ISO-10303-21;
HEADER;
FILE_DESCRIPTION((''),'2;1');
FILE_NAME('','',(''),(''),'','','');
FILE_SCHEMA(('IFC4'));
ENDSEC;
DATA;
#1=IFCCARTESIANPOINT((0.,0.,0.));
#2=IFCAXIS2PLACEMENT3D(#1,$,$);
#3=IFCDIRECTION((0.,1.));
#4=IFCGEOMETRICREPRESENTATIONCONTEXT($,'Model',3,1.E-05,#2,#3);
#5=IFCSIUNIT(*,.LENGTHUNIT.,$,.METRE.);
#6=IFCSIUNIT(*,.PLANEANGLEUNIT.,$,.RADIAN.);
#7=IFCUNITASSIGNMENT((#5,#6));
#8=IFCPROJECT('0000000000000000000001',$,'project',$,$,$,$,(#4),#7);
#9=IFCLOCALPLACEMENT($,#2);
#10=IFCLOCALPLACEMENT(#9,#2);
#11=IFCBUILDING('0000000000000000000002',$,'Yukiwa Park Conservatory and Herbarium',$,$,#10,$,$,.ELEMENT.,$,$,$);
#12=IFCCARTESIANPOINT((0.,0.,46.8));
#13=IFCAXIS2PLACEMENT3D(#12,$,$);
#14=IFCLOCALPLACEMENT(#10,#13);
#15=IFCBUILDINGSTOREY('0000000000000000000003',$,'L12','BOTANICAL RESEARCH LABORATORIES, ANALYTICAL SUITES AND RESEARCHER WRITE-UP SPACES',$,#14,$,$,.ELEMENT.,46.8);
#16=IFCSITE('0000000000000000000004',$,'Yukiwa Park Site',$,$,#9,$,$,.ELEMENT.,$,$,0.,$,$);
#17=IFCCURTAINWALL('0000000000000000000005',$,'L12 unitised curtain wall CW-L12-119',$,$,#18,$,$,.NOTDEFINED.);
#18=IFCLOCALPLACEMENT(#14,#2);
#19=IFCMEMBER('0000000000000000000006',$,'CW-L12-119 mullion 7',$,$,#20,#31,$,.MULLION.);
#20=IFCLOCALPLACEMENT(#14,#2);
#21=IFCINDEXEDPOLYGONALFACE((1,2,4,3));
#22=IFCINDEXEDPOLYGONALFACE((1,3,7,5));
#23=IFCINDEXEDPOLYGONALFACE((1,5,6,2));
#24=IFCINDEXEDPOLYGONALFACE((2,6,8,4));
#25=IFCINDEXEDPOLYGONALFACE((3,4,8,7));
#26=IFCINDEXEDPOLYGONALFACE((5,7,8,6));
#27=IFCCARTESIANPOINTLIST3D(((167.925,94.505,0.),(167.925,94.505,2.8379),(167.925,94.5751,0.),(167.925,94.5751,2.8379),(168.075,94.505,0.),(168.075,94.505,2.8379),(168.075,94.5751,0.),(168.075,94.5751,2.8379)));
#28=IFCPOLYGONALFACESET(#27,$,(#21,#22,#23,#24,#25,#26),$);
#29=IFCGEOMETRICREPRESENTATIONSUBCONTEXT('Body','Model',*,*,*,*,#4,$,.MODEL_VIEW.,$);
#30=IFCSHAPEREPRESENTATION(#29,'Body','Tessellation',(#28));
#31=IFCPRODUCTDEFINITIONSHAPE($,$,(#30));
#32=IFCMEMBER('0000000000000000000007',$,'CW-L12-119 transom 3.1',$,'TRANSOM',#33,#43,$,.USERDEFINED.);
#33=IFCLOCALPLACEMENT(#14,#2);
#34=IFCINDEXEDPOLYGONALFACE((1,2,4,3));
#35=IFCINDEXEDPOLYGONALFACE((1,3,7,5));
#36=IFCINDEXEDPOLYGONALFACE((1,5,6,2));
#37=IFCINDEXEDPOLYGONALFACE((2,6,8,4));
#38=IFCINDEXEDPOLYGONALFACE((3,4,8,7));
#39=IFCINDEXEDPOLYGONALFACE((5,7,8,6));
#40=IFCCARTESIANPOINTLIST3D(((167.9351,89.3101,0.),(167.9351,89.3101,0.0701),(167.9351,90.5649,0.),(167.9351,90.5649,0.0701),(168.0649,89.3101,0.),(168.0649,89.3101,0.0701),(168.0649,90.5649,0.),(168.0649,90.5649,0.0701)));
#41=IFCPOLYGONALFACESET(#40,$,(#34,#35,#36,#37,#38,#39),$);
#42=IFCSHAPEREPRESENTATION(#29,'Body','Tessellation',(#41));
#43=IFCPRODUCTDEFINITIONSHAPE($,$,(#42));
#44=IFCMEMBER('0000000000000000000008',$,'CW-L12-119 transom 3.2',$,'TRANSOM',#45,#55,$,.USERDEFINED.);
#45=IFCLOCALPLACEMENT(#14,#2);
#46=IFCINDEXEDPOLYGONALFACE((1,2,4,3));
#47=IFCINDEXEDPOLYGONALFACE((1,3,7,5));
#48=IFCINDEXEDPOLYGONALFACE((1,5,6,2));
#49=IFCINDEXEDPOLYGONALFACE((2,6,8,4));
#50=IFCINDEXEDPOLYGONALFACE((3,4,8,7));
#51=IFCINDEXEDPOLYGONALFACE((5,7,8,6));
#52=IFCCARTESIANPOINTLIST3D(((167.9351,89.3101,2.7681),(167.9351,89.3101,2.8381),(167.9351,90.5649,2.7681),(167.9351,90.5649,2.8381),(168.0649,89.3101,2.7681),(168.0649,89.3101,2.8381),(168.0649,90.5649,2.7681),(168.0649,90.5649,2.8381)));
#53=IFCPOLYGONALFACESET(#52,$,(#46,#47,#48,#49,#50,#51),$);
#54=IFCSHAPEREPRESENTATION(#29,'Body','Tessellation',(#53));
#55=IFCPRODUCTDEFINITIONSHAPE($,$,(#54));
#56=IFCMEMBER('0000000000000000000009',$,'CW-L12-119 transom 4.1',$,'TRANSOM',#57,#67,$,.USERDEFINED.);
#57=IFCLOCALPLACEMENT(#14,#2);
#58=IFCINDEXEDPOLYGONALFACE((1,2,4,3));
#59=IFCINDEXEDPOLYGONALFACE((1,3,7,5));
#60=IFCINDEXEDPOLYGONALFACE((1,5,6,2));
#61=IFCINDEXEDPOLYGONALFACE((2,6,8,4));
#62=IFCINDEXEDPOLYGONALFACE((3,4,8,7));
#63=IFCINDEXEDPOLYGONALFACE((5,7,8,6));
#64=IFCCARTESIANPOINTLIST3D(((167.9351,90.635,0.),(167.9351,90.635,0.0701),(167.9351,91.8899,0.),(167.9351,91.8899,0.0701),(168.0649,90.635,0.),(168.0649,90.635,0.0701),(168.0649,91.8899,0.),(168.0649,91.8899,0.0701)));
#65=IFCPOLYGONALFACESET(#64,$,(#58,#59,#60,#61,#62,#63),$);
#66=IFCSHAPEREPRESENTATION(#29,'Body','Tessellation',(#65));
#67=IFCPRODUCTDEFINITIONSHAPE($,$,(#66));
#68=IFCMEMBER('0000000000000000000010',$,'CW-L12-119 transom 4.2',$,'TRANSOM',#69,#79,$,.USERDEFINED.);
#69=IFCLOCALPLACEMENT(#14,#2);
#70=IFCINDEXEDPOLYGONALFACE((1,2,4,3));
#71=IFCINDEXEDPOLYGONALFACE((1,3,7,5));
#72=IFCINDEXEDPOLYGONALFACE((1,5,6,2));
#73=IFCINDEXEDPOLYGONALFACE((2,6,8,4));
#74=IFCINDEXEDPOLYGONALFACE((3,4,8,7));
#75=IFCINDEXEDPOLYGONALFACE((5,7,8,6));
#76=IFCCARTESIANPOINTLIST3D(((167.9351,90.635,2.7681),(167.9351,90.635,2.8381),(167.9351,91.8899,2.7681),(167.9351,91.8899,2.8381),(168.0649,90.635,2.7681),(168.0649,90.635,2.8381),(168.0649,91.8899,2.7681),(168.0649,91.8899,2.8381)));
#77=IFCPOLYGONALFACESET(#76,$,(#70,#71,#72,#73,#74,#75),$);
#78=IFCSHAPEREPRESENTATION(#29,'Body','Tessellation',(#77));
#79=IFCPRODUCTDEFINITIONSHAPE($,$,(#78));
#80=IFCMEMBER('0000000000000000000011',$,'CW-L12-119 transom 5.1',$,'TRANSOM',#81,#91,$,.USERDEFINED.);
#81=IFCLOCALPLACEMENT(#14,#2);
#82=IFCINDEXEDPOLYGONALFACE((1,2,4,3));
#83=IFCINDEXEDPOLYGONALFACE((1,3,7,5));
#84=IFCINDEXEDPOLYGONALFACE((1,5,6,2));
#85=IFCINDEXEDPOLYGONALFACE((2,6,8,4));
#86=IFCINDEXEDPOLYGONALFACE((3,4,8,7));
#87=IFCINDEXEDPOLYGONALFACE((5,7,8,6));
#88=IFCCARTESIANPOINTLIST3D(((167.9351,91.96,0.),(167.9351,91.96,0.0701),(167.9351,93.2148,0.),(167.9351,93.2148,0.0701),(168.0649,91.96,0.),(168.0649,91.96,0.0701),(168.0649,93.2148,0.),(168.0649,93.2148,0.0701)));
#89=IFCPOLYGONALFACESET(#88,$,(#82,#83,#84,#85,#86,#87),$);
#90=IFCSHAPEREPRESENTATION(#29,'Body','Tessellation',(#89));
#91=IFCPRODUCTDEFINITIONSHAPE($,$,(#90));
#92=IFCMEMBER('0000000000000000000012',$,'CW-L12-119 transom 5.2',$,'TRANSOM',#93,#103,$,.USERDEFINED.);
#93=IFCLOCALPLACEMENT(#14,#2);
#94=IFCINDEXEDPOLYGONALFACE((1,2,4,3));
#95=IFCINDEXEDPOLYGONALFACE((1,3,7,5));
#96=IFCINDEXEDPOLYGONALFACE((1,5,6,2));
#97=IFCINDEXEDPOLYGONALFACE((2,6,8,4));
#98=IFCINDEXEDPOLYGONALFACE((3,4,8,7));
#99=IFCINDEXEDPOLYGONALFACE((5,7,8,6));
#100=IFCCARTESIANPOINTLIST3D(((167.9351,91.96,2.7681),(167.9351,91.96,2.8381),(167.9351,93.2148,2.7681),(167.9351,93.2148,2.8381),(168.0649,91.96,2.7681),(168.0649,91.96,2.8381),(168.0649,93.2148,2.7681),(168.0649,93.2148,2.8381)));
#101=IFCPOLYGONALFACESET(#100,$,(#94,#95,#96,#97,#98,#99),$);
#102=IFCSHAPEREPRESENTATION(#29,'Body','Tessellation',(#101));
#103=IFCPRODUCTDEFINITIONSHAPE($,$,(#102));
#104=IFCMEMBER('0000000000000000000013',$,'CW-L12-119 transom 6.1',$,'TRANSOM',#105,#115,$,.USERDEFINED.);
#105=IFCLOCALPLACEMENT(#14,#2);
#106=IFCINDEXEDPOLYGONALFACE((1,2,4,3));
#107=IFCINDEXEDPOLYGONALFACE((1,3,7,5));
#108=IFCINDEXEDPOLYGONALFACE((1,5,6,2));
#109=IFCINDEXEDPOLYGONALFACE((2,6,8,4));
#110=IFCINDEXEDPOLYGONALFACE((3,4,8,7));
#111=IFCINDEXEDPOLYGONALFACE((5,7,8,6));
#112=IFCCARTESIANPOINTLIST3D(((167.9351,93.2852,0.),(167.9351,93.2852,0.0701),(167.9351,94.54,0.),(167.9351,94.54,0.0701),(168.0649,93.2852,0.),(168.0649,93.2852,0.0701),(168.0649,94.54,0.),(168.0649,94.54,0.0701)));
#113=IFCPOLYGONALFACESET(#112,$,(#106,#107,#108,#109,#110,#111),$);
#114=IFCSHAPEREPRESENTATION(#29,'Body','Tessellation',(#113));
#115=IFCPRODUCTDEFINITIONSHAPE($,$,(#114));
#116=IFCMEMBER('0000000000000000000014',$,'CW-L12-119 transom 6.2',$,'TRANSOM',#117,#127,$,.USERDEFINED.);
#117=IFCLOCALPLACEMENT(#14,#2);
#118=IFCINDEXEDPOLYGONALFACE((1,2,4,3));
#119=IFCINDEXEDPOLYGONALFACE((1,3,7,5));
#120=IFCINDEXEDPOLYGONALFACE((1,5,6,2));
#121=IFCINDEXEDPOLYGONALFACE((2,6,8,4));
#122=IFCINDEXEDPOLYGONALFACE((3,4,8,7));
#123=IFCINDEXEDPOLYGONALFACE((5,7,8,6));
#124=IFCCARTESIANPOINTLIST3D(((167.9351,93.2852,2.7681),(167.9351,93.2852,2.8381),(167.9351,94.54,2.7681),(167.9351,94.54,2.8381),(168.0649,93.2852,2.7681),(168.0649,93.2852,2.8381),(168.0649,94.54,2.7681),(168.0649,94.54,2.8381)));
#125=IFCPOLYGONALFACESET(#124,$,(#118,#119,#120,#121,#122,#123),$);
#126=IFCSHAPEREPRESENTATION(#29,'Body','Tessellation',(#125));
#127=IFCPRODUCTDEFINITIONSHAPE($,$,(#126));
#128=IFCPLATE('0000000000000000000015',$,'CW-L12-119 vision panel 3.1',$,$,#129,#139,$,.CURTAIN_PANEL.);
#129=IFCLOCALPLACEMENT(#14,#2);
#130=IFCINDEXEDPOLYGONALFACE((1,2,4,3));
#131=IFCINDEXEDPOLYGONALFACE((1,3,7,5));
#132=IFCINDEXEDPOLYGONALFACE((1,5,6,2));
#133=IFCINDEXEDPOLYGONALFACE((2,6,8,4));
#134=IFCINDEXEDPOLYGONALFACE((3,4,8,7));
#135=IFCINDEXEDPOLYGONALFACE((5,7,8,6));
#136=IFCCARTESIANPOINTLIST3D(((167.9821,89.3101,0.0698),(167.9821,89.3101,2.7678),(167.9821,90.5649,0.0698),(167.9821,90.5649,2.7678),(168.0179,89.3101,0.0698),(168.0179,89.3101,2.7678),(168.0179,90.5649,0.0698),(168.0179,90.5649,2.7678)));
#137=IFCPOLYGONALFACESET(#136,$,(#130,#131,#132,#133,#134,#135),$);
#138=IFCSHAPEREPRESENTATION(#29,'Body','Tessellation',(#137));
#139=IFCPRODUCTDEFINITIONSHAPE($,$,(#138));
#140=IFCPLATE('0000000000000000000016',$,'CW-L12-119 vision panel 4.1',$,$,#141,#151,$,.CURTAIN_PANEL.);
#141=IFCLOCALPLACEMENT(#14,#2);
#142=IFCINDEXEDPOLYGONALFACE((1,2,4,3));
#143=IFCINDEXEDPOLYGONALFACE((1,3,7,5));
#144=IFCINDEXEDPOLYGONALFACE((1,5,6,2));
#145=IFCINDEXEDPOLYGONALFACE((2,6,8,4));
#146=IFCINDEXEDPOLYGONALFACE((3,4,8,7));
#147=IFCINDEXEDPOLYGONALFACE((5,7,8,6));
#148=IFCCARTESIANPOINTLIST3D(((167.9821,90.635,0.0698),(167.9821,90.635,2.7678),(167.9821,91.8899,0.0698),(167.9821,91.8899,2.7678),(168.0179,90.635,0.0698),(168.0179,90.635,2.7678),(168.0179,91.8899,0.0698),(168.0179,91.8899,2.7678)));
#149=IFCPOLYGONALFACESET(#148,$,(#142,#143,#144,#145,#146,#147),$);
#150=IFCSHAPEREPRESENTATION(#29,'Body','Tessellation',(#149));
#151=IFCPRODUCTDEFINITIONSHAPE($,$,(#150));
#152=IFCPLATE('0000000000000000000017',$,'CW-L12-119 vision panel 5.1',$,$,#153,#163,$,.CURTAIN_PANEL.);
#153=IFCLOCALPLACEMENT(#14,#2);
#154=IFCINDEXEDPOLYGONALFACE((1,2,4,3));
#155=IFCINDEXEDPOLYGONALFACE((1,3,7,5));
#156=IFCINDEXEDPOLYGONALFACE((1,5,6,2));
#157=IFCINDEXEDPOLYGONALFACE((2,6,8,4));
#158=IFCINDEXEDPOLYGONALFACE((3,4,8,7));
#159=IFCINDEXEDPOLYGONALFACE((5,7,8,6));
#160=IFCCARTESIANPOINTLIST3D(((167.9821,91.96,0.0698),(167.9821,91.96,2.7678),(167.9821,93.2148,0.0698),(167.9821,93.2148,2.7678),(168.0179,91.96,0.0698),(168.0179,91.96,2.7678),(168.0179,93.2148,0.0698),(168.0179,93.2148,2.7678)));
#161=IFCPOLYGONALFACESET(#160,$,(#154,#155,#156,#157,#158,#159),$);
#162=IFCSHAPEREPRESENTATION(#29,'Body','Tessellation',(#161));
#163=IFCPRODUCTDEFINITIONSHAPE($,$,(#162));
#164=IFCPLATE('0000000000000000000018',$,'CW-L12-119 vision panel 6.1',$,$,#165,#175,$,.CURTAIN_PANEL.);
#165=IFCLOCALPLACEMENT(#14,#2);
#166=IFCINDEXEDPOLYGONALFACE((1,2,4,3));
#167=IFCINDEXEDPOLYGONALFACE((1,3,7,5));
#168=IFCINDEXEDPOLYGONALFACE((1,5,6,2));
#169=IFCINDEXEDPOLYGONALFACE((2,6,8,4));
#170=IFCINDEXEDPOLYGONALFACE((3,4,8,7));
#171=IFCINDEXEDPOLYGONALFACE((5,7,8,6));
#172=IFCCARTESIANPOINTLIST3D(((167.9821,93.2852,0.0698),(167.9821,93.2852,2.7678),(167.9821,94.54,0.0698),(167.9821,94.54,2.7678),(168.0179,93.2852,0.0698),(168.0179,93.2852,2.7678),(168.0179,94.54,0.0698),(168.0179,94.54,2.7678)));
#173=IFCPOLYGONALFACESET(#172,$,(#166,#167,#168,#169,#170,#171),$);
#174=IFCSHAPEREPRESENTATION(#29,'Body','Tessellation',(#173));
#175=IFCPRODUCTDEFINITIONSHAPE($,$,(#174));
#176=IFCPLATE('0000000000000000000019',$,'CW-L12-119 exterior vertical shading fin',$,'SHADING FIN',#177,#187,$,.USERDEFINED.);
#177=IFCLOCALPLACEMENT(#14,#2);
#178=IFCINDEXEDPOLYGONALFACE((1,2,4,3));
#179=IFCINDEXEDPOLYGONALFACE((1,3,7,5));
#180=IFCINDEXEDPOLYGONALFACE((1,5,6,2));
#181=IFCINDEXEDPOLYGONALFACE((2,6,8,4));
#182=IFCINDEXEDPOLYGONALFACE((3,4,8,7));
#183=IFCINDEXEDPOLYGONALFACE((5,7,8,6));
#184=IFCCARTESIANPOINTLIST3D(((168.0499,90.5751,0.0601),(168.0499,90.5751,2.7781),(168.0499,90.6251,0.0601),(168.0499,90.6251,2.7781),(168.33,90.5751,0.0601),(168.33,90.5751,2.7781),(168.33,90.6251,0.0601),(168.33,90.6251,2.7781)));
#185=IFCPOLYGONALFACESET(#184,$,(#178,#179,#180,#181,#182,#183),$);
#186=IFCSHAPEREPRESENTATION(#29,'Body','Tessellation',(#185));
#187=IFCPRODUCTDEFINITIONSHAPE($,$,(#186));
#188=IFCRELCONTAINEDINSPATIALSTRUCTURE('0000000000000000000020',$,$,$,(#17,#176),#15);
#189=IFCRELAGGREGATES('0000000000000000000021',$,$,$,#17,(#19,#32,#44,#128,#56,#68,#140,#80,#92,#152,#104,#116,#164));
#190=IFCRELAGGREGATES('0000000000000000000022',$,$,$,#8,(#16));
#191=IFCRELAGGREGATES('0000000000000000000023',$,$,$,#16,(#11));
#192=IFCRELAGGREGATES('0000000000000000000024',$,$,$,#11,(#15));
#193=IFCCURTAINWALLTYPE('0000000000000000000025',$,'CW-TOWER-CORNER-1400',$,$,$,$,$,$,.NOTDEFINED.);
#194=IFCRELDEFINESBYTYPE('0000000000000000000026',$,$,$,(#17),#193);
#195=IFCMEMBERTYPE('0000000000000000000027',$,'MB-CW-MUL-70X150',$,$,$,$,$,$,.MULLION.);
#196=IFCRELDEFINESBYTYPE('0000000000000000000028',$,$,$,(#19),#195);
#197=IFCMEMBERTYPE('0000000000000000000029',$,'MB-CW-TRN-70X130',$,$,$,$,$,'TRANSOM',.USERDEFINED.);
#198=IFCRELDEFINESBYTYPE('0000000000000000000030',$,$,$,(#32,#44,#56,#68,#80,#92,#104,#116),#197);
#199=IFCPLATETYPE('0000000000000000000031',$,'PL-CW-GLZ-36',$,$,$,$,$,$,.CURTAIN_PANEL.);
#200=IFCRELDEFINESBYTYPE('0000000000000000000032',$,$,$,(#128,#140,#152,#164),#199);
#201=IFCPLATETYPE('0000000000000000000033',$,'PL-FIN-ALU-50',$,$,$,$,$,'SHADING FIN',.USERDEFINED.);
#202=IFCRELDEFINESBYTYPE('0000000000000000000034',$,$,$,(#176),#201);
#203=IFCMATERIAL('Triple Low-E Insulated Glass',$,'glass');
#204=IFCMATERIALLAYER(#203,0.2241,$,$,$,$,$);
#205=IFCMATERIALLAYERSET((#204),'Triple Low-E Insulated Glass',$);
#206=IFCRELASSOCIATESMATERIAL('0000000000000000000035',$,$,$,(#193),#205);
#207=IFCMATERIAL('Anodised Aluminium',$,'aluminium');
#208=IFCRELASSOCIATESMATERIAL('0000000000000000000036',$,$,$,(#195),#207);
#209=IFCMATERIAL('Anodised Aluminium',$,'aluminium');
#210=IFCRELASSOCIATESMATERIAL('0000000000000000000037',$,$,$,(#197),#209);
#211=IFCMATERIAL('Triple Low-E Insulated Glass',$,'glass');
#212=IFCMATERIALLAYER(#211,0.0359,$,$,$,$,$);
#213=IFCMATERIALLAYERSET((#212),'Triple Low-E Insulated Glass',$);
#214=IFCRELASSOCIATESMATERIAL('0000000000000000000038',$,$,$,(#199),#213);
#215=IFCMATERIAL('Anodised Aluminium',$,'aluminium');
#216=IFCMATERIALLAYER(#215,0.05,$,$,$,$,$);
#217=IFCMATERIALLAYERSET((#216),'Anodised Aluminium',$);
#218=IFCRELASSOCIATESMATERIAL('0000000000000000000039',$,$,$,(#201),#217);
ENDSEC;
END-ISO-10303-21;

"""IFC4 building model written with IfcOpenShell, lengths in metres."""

from ifc_helpers import new_model, si_unit, direction, frame, origin, origin_2d, place, context, subcontext, project, spatial, rectangle, extrude, material, layer, layer_set, type_object, element, aggregate, save


model = new_model("IFC4")

# Units and contexts
model_context = context("Model", 3, precision=1e-05, world=origin(), true_north=direction((0.0, 1.0)))
body_context = subcontext(model_context, "Body", "Model", "MODEL_VIEW")
ifc_project = project(units=[si_unit("LENGTHUNIT", "METRE"), si_unit("PLANEANGLEUNIT", "RADIAN")], contexts=[model_context])

# Site, building, storey
site_placement = place(None, origin())
site = spatial("IfcSite", under=ifc_project, at=site_placement, Name="Yukiwa Park Site", CompositionType="ELEMENT", RefElevation=0.0)
building_placement = place(site_placement, origin())
building = spatial("IfcBuilding", under=site, at=building_placement, Name="Yukiwa Park Conservatory and Herbarium", CompositionType="ELEMENT")
storey_placement = place(building_placement, frame((0.0, 0.0, 46.8)))
storey = spatial("IfcBuildingStorey", under=building, at=storey_placement, Name="L12", Description="BOTANICAL RESEARCH LABORATORIES, ANALYTICAL SUITES AND RESEARCHER WRITE-UP SPACES", CompositionType="ELEMENT", Elevation=46.8)

# Curtain wall, members, plates
ifc_material_1 = material(Name="Triple Low-E Insulated Glass", Category="glass")
ifc_layer_1 = layer(ifc_material_1, 0.2241)
ifc_layer_set_1 = layer_set([ifc_layer_1], Name="Triple Low-E Insulated Glass")
curtain_wall_type = type_object("IfcCurtainWallType", Name="CW-TOWER-CORNER-1400", PredefinedType="NOTDEFINED", material=ifc_layer_set_1)
curtain_wall_placement = place(storey_placement, origin())
curtain_wall = element("IfcCurtainWall", 1, at=curtain_wall_placement, inside=storey, type_object=curtain_wall_type, Name="L12 unitised curtain wall CW-L12-119", PredefinedType="NOTDEFINED")
ifc_material_2 = material(Name="Anodised Aluminium", Category="aluminium")
member_type_1 = type_object("IfcMemberType", Name="MB-CW-MUL-70X150", PredefinedType="MULLION", material=ifc_material_2)
member_1_placement = place(storey_placement, frame((168.0, 94.54, 0.0), z_axis=(0.0, 0.0, 1.0), x_axis=(0.0, 1.0, 0.0)))
member_1 = element("IfcMember", 2, at=member_1_placement, type_object=member_type_1, Name="CW-L12-119 mullion 7", PredefinedType="MULLION", context=body_context, shape_type="SweptSolid", body=[
    extrude(rectangle(XDim=0.0701, YDim=0.1499, at=origin_2d()), origin(), (0.0, 0.0, 1.0), 2.8379),
])
ifc_material_3 = material(Name="Anodised Aluminium", Category="aluminium")
member_type_2 = type_object("IfcMemberType", Name="MB-CW-TRN-70X130", ElementType="TRANSOM", PredefinedType="USERDEFINED", material=ifc_material_3)
member_2_placement = place(storey_placement, frame((168.0, 89.9375, 0.0), z_axis=(0.0, 0.0, 1.0), x_axis=(0.0, 1.0, 0.0)))
member_2 = element("IfcMember", 3, at=member_2_placement, type_object=member_type_2, Name="CW-L12-119 transom 3.1", ObjectType="TRANSOM", PredefinedType="USERDEFINED", context=body_context, shape_type="SweptSolid", body=[
    extrude(rectangle(XDim=1.2549, YDim=0.1299, at=origin_2d()), origin(), (0.0, 0.0, 1.0), 0.0701),
])
member_3_placement = place(storey_placement, frame((168.0, 89.9375, 2.7681), z_axis=(0.0, 0.0, 1.0), x_axis=(0.0, 1.0, 0.0)))
member_3 = element("IfcMember", 4, at=member_3_placement, type_object=member_type_2, Name="CW-L12-119 transom 3.2", ObjectType="TRANSOM", PredefinedType="USERDEFINED", context=body_context, shape_type="SweptSolid", body=[
    extrude(rectangle(XDim=1.2549, YDim=0.1299, at=origin_2d()), origin(), (0.0, 0.0, 1.0), 0.0701),
])
member_4_placement = place(storey_placement, frame((168.0, 91.2625, 0.0), z_axis=(0.0, 0.0, 1.0), x_axis=(0.0, 1.0, 0.0)))
member_4 = element("IfcMember", 5, at=member_4_placement, type_object=member_type_2, Name="CW-L12-119 transom 4.1", ObjectType="TRANSOM", PredefinedType="USERDEFINED", context=body_context, shape_type="SweptSolid", body=[
    extrude(rectangle(XDim=1.2549, YDim=0.1299, at=origin_2d()), origin(), (0.0, 0.0, 1.0), 0.0701),
])
member_5_placement = place(storey_placement, frame((168.0, 91.2625, 2.7681), z_axis=(0.0, 0.0, 1.0), x_axis=(0.0, 1.0, 0.0)))
member_5 = element("IfcMember", 6, at=member_5_placement, type_object=member_type_2, Name="CW-L12-119 transom 4.2", ObjectType="TRANSOM", PredefinedType="USERDEFINED", context=body_context, shape_type="SweptSolid", body=[
    extrude(rectangle(XDim=1.2549, YDim=0.1299, at=origin_2d()), origin(), (0.0, 0.0, 1.0), 0.0701),
])
member_6_placement = place(storey_placement, frame((168.0, 92.5874, 0.0), z_axis=(0.0, 0.0, 1.0), x_axis=(0.0, 1.0, 0.0)))
member_6 = element("IfcMember", 7, at=member_6_placement, type_object=member_type_2, Name="CW-L12-119 transom 5.1", ObjectType="TRANSOM", PredefinedType="USERDEFINED", context=body_context, shape_type="SweptSolid", body=[
    extrude(rectangle(XDim=1.2549, YDim=0.1299, at=origin_2d()), origin(), (0.0, 0.0, 1.0), 0.0701),
])
member_7_placement = place(storey_placement, frame((168.0, 92.5874, 2.7681), z_axis=(0.0, 0.0, 1.0), x_axis=(0.0, 1.0, 0.0)))
member_7 = element("IfcMember", 8, at=member_7_placement, type_object=member_type_2, Name="CW-L12-119 transom 5.2", ObjectType="TRANSOM", PredefinedType="USERDEFINED", context=body_context, shape_type="SweptSolid", body=[
    extrude(rectangle(XDim=1.2549, YDim=0.1299, at=origin_2d()), origin(), (0.0, 0.0, 1.0), 0.0701),
])
member_8_placement = place(storey_placement, frame((168.0, 93.9126, 0.0), z_axis=(0.0, 0.0, 1.0), x_axis=(0.0, 1.0, 0.0)))
member_8 = element("IfcMember", 9, at=member_8_placement, type_object=member_type_2, Name="CW-L12-119 transom 6.1", ObjectType="TRANSOM", PredefinedType="USERDEFINED", context=body_context, shape_type="SweptSolid", body=[
    extrude(rectangle(XDim=1.2549, YDim=0.1299, at=origin_2d()), origin(), (0.0, 0.0, 1.0), 0.0701),
])
member_9_placement = place(storey_placement, frame((168.0, 93.9126, 2.7681), z_axis=(0.0, 0.0, 1.0), x_axis=(0.0, 1.0, 0.0)))
member_9 = element("IfcMember", 10, at=member_9_placement, type_object=member_type_2, Name="CW-L12-119 transom 6.2", ObjectType="TRANSOM", PredefinedType="USERDEFINED", context=body_context, shape_type="SweptSolid", body=[
    extrude(rectangle(XDim=1.2549, YDim=0.1299, at=origin_2d()), origin(), (0.0, 0.0, 1.0), 0.0701),
])
ifc_material_4 = material(Name="Triple Low-E Insulated Glass", Category="glass")
ifc_layer_2 = layer(ifc_material_4, 0.0359)
ifc_layer_set_2 = layer_set([ifc_layer_2], Name="Triple Low-E Insulated Glass")
plate_type_1 = type_object("IfcPlateType", Name="PL-CW-GLZ-36", PredefinedType="CURTAIN_PANEL", material=ifc_layer_set_2)
plate_1_placement = place(storey_placement, frame((168.0, 89.9375, 0.0698), z_axis=(0.0, 0.0, 1.0), x_axis=(0.0, 1.0, 0.0)))
plate_1 = element("IfcPlate", 11, at=plate_1_placement, type_object=plate_type_1, Name="CW-L12-119 vision panel 3.1", PredefinedType="CURTAIN_PANEL", context=body_context, shape_type="SweptSolid", body=[
    extrude(rectangle(XDim=1.2549, YDim=0.0359, at=origin_2d()), origin(), (0.0, 0.0, 1.0), 2.698),
])
plate_2_placement = place(storey_placement, frame((168.0, 91.2625, 0.0698), z_axis=(0.0, 0.0, 1.0), x_axis=(0.0, 1.0, 0.0)))
plate_2 = element("IfcPlate", 12, at=plate_2_placement, type_object=plate_type_1, Name="CW-L12-119 vision panel 4.1", PredefinedType="CURTAIN_PANEL", context=body_context, shape_type="SweptSolid", body=[
    extrude(rectangle(XDim=1.2549, YDim=0.0359, at=origin_2d()), origin(), (0.0, 0.0, 1.0), 2.698),
])
plate_3_placement = place(storey_placement, frame((168.0, 92.5874, 0.0698), z_axis=(0.0, 0.0, 1.0), x_axis=(0.0, 1.0, 0.0)))
plate_3 = element("IfcPlate", 13, at=plate_3_placement, type_object=plate_type_1, Name="CW-L12-119 vision panel 5.1", PredefinedType="CURTAIN_PANEL", context=body_context, shape_type="SweptSolid", body=[
    extrude(rectangle(XDim=1.2549, YDim=0.0359, at=origin_2d()), origin(), (0.0, 0.0, 1.0), 2.698),
])
plate_4_placement = place(storey_placement, frame((168.0, 93.9126, 0.0698), z_axis=(0.0, 0.0, 1.0), x_axis=(0.0, 1.0, 0.0)))
plate_4 = element("IfcPlate", 14, at=plate_4_placement, type_object=plate_type_1, Name="CW-L12-119 vision panel 6.1", PredefinedType="CURTAIN_PANEL", context=body_context, shape_type="SweptSolid", body=[
    extrude(rectangle(XDim=1.2549, YDim=0.0359, at=origin_2d()), origin(), (0.0, 0.0, 1.0), 2.698),
])
aggregate(curtain_wall, [member_1, member_2, member_3, plate_1, member_4, member_5, plate_2, member_6, member_7, plate_3, member_8, member_9, plate_4])

# Plate
ifc_material_5 = material(Name="Anodised Aluminium", Category="aluminium")
ifc_layer_3 = layer(ifc_material_5, 0.05)
ifc_layer_set_3 = layer_set([ifc_layer_3], Name="Anodised Aluminium")
plate_type_2 = type_object("IfcPlateType", Name="PL-FIN-ALU-50", ElementType="SHADING FIN", PredefinedType="USERDEFINED", material=ifc_layer_set_3)
plate_5_placement = place(storey_placement, frame((168.1899, 90.6001, 0.0601), z_axis=(0.0, 0.0, 1.0), x_axis=(0.0, 1.0, 0.0)))
element("IfcPlate", 15, at=plate_5_placement, inside=storey, type_object=plate_type_2, Name="CW-L12-119 exterior vertical shading fin", ObjectType="SHADING FIN", PredefinedType="USERDEFINED", context=body_context, shape_type="SweptSolid", body=[
    extrude(rectangle(XDim=0.05, YDim=0.28, at=origin_2d()), origin(), (0.0, 0.0, 1.0), 2.718),
])

save(model, "model.ifc")
